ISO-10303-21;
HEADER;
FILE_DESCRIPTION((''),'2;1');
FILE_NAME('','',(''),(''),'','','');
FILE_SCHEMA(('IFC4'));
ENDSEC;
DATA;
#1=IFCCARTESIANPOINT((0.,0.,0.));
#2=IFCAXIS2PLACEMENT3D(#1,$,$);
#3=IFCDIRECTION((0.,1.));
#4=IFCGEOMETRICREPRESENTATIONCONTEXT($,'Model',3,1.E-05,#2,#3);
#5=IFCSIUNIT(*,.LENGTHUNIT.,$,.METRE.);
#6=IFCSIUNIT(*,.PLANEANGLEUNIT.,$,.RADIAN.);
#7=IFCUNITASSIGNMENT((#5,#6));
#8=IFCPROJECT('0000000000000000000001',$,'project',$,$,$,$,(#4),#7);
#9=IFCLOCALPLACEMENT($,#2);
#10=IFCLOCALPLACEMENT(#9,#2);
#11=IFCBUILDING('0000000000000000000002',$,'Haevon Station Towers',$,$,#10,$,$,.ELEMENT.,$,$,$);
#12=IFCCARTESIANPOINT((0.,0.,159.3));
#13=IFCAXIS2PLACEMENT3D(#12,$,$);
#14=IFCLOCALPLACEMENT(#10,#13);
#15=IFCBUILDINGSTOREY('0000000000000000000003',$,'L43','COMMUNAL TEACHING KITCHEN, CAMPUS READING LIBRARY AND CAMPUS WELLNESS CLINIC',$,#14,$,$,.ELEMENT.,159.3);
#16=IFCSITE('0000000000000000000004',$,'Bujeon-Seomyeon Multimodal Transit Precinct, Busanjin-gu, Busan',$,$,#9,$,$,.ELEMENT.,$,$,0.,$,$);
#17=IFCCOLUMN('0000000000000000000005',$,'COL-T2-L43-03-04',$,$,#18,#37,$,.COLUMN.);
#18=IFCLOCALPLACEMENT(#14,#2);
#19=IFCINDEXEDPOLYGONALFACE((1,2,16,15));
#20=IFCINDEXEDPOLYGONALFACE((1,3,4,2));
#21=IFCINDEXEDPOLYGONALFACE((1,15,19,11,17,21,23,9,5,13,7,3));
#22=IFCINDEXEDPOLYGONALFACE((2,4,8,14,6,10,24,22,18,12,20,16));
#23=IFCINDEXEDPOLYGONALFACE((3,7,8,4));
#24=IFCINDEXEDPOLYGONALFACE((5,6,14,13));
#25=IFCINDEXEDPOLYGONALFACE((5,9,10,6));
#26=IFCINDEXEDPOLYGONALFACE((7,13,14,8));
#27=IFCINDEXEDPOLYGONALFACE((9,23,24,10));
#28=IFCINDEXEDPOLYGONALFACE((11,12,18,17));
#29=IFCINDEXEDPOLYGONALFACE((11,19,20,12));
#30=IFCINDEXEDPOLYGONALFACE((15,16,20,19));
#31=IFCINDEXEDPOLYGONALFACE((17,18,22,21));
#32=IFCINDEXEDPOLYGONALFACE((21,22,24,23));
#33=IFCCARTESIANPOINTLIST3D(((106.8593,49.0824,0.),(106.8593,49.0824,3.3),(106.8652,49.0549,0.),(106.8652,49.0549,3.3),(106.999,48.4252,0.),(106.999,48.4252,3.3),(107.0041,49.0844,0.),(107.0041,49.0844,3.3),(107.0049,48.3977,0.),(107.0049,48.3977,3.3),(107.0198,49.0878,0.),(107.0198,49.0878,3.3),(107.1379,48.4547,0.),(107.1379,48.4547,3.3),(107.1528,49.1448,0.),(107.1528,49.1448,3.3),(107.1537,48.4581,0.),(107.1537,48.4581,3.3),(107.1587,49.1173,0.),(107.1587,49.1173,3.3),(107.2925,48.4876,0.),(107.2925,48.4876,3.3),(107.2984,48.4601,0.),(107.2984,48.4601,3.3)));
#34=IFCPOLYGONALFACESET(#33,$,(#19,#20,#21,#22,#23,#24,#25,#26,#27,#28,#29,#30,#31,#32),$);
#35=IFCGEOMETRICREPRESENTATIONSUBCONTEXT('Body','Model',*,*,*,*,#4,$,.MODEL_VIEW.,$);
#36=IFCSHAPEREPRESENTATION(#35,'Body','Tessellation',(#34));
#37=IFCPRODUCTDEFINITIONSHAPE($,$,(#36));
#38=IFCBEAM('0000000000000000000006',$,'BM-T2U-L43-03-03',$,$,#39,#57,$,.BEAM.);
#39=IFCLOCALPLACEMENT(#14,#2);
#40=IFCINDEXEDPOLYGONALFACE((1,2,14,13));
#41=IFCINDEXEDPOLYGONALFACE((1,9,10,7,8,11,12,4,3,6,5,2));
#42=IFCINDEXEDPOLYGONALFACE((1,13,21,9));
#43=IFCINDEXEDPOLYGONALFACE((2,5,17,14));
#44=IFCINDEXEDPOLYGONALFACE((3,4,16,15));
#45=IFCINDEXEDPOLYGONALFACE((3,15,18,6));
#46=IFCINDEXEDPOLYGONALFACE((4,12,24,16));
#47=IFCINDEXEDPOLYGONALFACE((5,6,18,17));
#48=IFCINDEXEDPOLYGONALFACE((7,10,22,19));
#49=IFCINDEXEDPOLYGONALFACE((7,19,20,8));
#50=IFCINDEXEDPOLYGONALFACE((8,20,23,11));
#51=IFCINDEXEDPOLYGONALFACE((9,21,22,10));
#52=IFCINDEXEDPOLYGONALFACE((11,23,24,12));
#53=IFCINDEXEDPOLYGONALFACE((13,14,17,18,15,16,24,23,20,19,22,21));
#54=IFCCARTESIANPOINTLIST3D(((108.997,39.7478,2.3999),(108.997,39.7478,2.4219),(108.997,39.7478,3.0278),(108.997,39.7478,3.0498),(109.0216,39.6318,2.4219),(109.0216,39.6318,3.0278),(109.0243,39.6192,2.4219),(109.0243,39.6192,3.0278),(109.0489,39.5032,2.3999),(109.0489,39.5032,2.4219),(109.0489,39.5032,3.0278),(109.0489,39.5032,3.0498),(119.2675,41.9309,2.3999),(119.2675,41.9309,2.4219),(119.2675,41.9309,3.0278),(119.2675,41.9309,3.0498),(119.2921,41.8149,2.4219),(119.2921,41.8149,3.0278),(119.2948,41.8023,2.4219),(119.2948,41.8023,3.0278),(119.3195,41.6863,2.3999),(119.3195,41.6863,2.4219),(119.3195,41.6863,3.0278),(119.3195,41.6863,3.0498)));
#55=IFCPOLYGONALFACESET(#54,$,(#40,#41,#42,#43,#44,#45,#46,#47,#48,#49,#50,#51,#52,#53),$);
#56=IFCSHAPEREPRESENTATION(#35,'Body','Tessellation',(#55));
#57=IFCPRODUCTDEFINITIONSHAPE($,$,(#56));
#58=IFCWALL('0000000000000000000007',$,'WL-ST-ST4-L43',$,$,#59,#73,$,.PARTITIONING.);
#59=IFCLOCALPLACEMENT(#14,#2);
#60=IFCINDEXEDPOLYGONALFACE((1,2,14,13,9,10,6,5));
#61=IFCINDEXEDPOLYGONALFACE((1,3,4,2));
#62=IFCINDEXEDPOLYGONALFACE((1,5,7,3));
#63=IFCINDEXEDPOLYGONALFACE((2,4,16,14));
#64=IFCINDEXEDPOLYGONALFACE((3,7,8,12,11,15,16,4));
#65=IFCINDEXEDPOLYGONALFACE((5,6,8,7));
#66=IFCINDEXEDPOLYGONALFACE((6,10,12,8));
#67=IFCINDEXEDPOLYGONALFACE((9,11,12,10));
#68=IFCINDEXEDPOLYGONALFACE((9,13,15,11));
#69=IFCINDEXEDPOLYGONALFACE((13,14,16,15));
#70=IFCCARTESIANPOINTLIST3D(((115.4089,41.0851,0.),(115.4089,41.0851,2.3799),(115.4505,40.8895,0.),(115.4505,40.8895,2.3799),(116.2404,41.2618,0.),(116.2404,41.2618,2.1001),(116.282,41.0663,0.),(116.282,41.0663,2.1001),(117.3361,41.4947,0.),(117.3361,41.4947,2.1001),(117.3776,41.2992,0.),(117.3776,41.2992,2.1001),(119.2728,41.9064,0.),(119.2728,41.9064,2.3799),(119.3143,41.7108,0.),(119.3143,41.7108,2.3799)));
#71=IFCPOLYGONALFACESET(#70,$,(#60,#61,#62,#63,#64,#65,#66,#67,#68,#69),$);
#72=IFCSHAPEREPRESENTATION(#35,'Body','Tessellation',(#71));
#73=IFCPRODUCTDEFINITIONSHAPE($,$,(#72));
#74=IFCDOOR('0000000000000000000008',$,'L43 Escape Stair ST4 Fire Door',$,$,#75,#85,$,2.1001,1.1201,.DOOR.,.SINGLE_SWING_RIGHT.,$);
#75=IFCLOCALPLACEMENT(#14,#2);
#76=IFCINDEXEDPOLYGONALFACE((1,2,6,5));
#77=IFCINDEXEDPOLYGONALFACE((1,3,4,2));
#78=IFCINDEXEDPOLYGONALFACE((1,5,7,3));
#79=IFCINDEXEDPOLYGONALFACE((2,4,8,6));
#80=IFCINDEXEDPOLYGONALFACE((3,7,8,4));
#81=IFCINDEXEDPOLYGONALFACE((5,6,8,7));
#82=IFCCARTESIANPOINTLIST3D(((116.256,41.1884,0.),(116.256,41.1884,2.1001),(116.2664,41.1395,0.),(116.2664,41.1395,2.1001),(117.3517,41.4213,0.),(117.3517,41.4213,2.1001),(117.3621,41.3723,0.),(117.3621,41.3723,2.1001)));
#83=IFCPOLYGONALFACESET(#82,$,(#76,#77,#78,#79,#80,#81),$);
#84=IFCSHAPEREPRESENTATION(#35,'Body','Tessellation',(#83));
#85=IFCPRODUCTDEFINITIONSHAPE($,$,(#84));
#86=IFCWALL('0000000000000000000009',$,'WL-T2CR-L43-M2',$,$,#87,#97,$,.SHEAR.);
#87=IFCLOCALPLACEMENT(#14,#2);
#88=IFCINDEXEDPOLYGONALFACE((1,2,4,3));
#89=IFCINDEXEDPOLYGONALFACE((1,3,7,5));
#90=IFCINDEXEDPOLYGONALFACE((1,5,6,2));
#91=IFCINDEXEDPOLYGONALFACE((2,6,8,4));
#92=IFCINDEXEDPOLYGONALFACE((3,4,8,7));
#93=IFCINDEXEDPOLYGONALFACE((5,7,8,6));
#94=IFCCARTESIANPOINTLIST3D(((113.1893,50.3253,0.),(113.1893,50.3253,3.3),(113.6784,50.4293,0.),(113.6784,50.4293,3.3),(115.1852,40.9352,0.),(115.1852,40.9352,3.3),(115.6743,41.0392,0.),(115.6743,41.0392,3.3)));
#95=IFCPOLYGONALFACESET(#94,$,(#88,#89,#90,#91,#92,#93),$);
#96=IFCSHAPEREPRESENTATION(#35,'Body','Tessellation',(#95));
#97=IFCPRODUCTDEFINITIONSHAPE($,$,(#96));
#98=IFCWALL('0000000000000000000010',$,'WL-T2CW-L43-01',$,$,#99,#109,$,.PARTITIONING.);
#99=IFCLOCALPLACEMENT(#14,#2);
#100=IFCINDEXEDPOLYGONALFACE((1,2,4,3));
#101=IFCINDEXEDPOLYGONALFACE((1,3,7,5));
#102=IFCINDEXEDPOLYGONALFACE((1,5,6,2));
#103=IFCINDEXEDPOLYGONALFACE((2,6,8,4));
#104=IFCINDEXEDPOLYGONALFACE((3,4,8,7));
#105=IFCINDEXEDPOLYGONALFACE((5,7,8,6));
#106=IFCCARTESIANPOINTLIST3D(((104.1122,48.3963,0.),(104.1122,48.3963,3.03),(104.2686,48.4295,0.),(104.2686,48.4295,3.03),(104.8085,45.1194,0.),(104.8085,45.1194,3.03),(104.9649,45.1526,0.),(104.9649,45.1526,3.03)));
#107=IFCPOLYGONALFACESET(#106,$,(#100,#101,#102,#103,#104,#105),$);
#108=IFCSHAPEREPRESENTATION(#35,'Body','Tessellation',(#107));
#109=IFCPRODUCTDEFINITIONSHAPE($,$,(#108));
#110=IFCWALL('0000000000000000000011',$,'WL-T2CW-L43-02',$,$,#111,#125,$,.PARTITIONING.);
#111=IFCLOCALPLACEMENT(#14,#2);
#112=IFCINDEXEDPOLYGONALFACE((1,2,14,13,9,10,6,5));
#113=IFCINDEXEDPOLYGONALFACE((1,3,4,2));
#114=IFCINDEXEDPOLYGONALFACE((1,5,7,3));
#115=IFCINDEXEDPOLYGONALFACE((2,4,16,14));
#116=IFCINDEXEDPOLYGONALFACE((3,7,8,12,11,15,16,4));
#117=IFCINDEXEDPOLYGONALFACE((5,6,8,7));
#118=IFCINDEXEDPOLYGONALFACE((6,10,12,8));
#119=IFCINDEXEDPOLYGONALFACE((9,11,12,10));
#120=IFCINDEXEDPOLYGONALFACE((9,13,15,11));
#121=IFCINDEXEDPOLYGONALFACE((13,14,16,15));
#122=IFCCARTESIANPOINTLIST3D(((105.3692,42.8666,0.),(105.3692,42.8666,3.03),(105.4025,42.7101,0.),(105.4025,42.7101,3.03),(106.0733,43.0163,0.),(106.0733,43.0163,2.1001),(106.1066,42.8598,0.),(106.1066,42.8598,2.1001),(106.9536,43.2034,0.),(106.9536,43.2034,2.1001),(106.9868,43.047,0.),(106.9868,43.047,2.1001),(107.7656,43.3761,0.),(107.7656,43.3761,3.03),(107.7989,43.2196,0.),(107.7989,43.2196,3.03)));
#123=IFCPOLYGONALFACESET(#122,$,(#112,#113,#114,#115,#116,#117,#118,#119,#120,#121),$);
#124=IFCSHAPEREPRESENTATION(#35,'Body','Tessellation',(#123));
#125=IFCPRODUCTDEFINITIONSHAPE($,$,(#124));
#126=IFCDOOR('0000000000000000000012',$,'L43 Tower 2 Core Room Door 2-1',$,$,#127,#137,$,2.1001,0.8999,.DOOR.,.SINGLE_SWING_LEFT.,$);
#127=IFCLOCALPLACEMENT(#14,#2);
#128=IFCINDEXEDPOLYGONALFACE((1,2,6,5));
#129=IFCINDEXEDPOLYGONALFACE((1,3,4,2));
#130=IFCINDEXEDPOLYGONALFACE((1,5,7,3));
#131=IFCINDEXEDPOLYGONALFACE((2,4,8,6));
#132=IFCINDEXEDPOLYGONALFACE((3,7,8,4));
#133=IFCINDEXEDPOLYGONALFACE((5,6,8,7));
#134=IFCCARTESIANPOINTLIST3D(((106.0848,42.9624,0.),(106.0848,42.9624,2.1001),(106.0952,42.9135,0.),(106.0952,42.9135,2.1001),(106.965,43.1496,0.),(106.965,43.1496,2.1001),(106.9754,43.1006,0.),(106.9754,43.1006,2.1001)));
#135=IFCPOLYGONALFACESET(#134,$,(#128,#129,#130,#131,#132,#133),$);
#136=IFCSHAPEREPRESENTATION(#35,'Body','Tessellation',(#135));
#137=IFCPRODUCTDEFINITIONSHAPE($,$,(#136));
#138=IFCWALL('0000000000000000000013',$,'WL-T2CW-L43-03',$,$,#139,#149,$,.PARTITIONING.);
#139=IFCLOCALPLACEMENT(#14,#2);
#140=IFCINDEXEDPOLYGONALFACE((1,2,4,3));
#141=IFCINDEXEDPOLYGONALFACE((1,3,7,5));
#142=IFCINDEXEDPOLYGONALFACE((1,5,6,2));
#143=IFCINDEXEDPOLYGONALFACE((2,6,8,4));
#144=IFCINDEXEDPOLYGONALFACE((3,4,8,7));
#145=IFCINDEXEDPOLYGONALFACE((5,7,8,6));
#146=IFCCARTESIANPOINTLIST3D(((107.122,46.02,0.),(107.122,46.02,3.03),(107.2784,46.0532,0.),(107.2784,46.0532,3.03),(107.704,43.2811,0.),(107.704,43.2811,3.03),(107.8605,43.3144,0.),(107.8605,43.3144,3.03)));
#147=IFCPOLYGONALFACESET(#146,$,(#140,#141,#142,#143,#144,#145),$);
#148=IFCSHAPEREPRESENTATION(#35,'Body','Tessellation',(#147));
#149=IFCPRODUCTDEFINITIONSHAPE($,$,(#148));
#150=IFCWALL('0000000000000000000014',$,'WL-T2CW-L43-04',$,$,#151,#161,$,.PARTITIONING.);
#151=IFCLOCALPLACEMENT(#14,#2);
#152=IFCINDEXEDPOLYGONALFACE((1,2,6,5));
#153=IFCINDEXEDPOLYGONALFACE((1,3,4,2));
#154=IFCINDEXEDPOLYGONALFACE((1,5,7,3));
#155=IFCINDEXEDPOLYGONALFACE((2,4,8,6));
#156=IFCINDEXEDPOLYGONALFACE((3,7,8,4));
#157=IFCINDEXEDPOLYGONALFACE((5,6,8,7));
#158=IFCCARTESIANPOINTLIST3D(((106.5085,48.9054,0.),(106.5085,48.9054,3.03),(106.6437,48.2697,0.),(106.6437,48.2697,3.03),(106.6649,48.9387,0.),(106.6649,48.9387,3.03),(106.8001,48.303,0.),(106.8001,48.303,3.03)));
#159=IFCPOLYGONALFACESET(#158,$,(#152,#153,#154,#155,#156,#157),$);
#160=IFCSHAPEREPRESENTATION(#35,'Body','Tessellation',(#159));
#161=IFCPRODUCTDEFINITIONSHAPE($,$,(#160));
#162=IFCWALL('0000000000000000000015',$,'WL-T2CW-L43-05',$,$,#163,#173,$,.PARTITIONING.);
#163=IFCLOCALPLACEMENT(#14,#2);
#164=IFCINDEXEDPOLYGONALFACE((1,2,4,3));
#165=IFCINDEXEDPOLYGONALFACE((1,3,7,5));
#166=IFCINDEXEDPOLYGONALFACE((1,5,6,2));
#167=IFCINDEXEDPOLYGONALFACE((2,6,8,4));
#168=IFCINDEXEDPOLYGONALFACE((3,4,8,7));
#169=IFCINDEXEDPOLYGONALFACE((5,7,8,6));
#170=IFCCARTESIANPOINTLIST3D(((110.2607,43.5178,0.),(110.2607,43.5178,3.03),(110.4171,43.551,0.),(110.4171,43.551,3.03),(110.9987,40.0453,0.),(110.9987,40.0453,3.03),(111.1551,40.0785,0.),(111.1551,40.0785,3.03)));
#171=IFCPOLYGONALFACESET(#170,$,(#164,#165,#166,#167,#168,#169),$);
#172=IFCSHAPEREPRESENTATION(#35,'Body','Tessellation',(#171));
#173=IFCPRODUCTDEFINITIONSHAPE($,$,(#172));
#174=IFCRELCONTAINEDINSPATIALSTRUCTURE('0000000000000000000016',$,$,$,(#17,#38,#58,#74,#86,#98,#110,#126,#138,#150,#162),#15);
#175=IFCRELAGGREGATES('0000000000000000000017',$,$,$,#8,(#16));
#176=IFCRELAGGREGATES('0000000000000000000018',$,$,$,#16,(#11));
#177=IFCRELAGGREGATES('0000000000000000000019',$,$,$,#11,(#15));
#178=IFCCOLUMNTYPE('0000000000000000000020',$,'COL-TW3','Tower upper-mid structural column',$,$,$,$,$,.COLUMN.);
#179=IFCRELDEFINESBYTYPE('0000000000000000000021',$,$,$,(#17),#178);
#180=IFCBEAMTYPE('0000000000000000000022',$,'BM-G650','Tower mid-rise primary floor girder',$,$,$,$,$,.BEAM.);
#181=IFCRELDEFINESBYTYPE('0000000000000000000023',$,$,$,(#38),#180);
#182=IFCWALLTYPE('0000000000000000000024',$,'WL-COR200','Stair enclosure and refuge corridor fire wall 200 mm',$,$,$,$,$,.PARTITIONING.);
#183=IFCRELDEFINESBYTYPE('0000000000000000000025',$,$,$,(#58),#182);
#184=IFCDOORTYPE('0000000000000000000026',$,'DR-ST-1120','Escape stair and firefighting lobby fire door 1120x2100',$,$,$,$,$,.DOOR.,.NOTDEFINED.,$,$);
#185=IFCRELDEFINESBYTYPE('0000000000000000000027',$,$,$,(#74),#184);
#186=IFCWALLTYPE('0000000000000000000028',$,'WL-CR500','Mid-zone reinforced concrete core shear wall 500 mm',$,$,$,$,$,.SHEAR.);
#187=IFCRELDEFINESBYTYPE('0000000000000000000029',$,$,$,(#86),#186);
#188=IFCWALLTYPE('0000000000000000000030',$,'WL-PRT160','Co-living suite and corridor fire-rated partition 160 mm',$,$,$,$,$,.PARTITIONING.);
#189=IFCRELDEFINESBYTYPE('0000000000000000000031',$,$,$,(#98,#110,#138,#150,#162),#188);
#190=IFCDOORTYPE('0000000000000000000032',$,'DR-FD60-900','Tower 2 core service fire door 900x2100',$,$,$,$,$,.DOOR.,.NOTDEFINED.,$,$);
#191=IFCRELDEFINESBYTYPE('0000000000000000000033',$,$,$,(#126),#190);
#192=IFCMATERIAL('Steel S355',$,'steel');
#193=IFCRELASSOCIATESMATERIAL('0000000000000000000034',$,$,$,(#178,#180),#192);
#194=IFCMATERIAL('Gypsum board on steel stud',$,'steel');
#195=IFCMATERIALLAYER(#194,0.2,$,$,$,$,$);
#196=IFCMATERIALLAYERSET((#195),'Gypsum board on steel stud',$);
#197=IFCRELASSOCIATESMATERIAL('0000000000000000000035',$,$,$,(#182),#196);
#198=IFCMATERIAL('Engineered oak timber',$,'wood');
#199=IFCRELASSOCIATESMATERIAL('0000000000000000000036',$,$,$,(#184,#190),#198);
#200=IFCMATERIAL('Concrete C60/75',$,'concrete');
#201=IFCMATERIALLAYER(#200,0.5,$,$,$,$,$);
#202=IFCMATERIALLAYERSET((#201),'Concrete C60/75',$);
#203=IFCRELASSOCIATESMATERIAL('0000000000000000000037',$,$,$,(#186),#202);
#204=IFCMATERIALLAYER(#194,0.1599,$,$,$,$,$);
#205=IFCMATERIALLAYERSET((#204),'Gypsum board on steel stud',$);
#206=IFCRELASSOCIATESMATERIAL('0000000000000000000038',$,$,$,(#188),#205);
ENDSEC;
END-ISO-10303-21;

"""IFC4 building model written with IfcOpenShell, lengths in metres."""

from ifc_helpers import new_model, si_unit, direction, frame, frame_2d, origin, origin_2d, place, context, subcontext, project, spatial, rectangle, i_section, extrude, material, layer, layer_set, material_profile, profile_set, type_object, element, fill, save


model = new_model("IFC4")

# Units and contexts
model_context = context("Model", 3, precision=1e-05, world=origin(), true_north=direction((0.0, 1.0)))
body_context = subcontext(model_context, "Body", "Model", "MODEL_VIEW")
ifc_project = project(units=[si_unit("LENGTHUNIT", "METRE"), si_unit("PLANEANGLEUNIT", "RADIAN")], contexts=[model_context])

# Site, building, storey
site_placement = place(None, origin())
site = spatial("IfcSite", under=ifc_project, at=site_placement, Name="Bujeon-Seomyeon Multimodal Transit Precinct, Busanjin-gu, Busan", CompositionType="ELEMENT", RefElevation=0.0)
building_placement = place(site_placement, origin())
building = spatial("IfcBuilding", under=site, at=building_placement, Name="Haevon Station Towers", CompositionType="ELEMENT")
storey_placement = place(building_placement, frame((0.0, 0.0, 159.3)))
storey = spatial("IfcBuildingStorey", under=building, at=storey_placement, Name="L43", Description="COMMUNAL TEACHING KITCHEN, CAMPUS READING LIBRARY AND CAMPUS WELLNESS CLINIC", CompositionType="ELEMENT", Elevation=159.3)

# Column
ifc_material_1 = material(Name="Steel S355", Category="steel")
ifc_material_profile_1 = material_profile(ifc_material_1, i_section(OverallWidth=0.3, OverallDepth=0.7, WebThickness=0.0161, FlangeThickness=0.0281, at=origin_2d()), Name="H-700x300x16x28")
ifc_profile_set_1 = profile_set([ifc_material_profile_1], Name="Steel S355")
column_type = type_object("IfcColumnType", Name="COL-TW3", Description="Tower upper-mid structural column", PredefinedType="COLUMN", material=ifc_profile_set_1)
column_placement = place(storey_placement, frame((107.0789, 48.7712, 0.0), z_axis=(0.0, 0.0, 1.0), x_axis=(0.978148, 0.207912, 0.0)))
element("IfcColumn", 1, at=column_placement, inside=storey, type_object=column_type, Name="COL-T2-L43-03-04", PredefinedType="COLUMN", context=body_context, shape_type="SweptSolid", body=[
    extrude(i_section(OverallWidth=0.3, OverallDepth=0.7, WebThickness=0.0161, FlangeThickness=0.0281, at=origin_2d()), origin(), (0.0, 0.0, 1.0), 3.3),
])

# Beam
ifc_material_profile_2 = material_profile(ifc_material_1, i_section(OverallWidth=0.25, OverallDepth=0.6499, WebThickness=0.0129, FlangeThickness=0.022, at=origin_2d()), Name="H-650x250x13x22")
ifc_profile_set_2 = profile_set([ifc_material_profile_2], Name="Steel S355")
beam_type = type_object("IfcBeamType", Name="BM-G650", Description="Tower mid-rise primary floor girder", PredefinedType="BEAM", material=ifc_profile_set_2)
beam_placement = place(storey_placement, frame((109.0229, 39.6255, 2.7249), z_axis=(0.978147, 0.207915, 0.0), x_axis=(-0.207915, 0.978147, 0.0)))
element("IfcBeam", 2, at=beam_placement, inside=storey, type_object=beam_type, Name="BM-T2U-L43-03-03", PredefinedType="BEAM", context=body_context, shape_type="SweptSolid", body=[
    extrude(i_section(OverallWidth=0.25, OverallDepth=0.6499, WebThickness=0.0129, FlangeThickness=0.022, at=origin_2d()), origin(), (0.0, 0.0, 1.0), 10.5),
])

# Wall, opening, door
ifc_material_2 = material(Name="Gypsum board on steel stud", Category="steel")
ifc_layer_1 = layer(ifc_material_2, 0.2)
ifc_layer_set_1 = layer_set([ifc_layer_1], Name="Gypsum board on steel stud")
wall_type_1 = type_object("IfcWallType", Name="WL-COR200", Description="Stair enclosure and refuge corridor fire wall 200 mm", PredefinedType="PARTITIONING", material=ifc_layer_set_1)
wall_1_placement = place(storey_placement, frame((115.4297, 40.9873, 0.0), z_axis=(0.0, 0.0, 1.0), x_axis=(0.978147, 0.207916, 0.0)))
wall_1 = element("IfcWall", 3, at=wall_1_placement, inside=storey, type_object=wall_type_1, Name="WL-ST-ST4-L43", PredefinedType="PARTITIONING", context=body_context, shape_type="SweptSolid", body=[
    extrude(rectangle(XDim=3.9502, YDim=0.2, at=frame_2d((1.9751, 0.0))), origin(), (0.0, 0.0, 1.0), 2.3799),
])
opening_1_placement = place(wall_1_placement, frame((0.8501, 0.0, 0.0)))
opening_1 = element("IfcOpeningElement", 4, at=opening_1_placement, cuts=wall_1, PredefinedType="OPENING", context=body_context, shape_type="SweptSolid", body=[
    extrude(rectangle(XDim=1.1201, YDim=2.1001, at=frame_2d((0.5601, 1.05))), frame((0.0, 0.1099, 0.0), z_axis=(0.0, -1.0, 0.0), x_axis=(1.0, 0.0, 0.0)), (0.0, 0.0, 1.0), 0.22),
])
ifc_material_3 = material(Name="Engineered oak timber", Category="wood")
door_type_1 = type_object("IfcDoorType", Name="DR-ST-1120", Description="Escape stair and firefighting lobby fire door 1120x2100", OperationType="NOTDEFINED", PredefinedType="DOOR", material=ifc_material_3)
door_1_placement = place(opening_1_placement, origin())
door_1 = element("IfcDoor", 5, at=door_1_placement, inside=storey, type_object=door_type_1, Name="L43 Escape Stair ST4 Fire Door", OperationType="SINGLE_SWING_RIGHT", OverallHeight=2.1001, OverallWidth=1.1201, PredefinedType="DOOR", context=body_context, shape_type="SweptSolid", body=[
    extrude(rectangle(XDim=1.1201, YDim=2.1001, at=frame_2d((0.5601, 1.05))), frame((0.0, 0.0249, 0.0), z_axis=(0.0, -1.0, 0.0), x_axis=(1.0, 0.0, 0.0)), (0.0, 0.0, 1.0), 0.05),
])
fill(opening_1, door_1)

# Walls
ifc_material_4 = material(Name="Concrete C60/75", Category="concrete")
ifc_layer_2 = layer(ifc_material_4, 0.5)
ifc_layer_set_2 = layer_set([ifc_layer_2], Name="Concrete C60/75")
wall_type_2 = type_object("IfcWallType", Name="WL-CR500", Description="Mid-zone reinforced concrete core shear wall 500 mm", PredefinedType="SHEAR", material=ifc_layer_set_2)
wall_2_placement = place(storey_placement, frame((115.4297, 40.9873, 0.0), z_axis=(0.0, 0.0, 1.0), x_axis=(-0.207903, 0.978149, 0.0)))
element("IfcWall", 6, at=wall_2_placement, inside=storey, type_object=wall_type_2, Name="WL-T2CR-L43-M2", PredefinedType="SHEAR", context=body_context, shape_type="SweptSolid", body=[
    extrude(rectangle(XDim=9.5999, YDim=0.5, at=frame_2d((4.7998, 0.0))), origin(), (0.0, 0.0, 1.0), 3.3),
])
ifc_layer_3 = layer(ifc_material_2, 0.1599)
ifc_layer_set_3 = layer_set([ifc_layer_3], Name="Gypsum board on steel stud")
wall_type_3 = type_object("IfcWallType", Name="WL-PRT160", Description="Co-living suite and corridor fire-rated partition 160 mm", PredefinedType="PARTITIONING", material=ifc_layer_set_3)
wall_3_placement = place(storey_placement, frame((104.8867, 45.136, 0.0), z_axis=(0.0, 0.0, 1.0), x_axis=(-0.207847, 0.978161, 0.0)))
element("IfcWall", 7, at=wall_3_placement, inside=storey, type_object=wall_type_3, Name="WL-T2CW-L43-01", PredefinedType="PARTITIONING", context=body_context, shape_type="SweptSolid", body=[
    extrude(rectangle(XDim=3.3501, YDim=0.1599, at=frame_2d((1.675, 0.0))), origin(), (0.0, 0.0, 1.0), 3.03),
])

# Wall, opening, door
wall_4_placement = place(storey_placement, frame((105.3857, 42.7883, 0.0), z_axis=(0.0, 0.0, 1.0), x_axis=(0.978137, 0.207964, 0.0)))
wall_4 = element("IfcWall", 8, at=wall_4_placement, inside=storey, type_object=wall_type_3, Name="WL-T2CW-L43-02", PredefinedType="PARTITIONING", context=body_context, shape_type="SweptSolid", body=[
    extrude(rectangle(XDim=2.45, YDim=0.1599, at=frame_2d((1.2251, 0.0))), origin(), (0.0, 0.0, 1.0), 3.03),
])
opening_2_placement = place(wall_4_placement, frame((0.72, 0.0, 0.0)))
opening_2 = element("IfcOpeningElement", 9, at=opening_2_placement, cuts=wall_4, PredefinedType="OPENING", context=body_context, shape_type="SweptSolid", body=[
    extrude(rectangle(XDim=0.8999, YDim=2.1001, at=frame_2d((0.45, 1.05))), frame((0.0, 0.0898, 0.0), z_axis=(0.0, -1.0, 0.0), x_axis=(1.0, 0.0, 0.0)), (0.0, 0.0, 1.0), 0.1799),
])
door_type_2 = type_object("IfcDoorType", Name="DR-FD60-900", Description="Tower 2 core service fire door 900x2100", OperationType="NOTDEFINED", PredefinedType="DOOR", material=ifc_material_3)
door_2_placement = place(opening_2_placement, origin())
door_2 = element("IfcDoor", 10, at=door_2_placement, inside=storey, type_object=door_type_2, Name="L43 Tower 2 Core Room Door 2-1", OperationType="SINGLE_SWING_LEFT", OverallHeight=2.1001, OverallWidth=0.8999, PredefinedType="DOOR", context=body_context, shape_type="SweptSolid", body=[
    extrude(rectangle(XDim=0.8999, YDim=2.1001, at=frame_2d((0.45, 1.05))), frame((0.0, 0.0249, 0.0), z_axis=(0.0, -1.0, 0.0), x_axis=(1.0, 0.0, 0.0)), (0.0, 0.0, 1.0), 0.05),
])
fill(opening_2, door_2)

# Walls
wall_5_placement = place(storey_placement, frame((107.7822, 43.2979, 0.0), z_axis=(0.0, 0.0, 1.0), x_axis=(-0.207873, 0.978156, 0.0)))
element("IfcWall", 11, at=wall_5_placement, inside=storey, type_object=wall_type_3, Name="WL-T2CW-L43-03", PredefinedType="PARTITIONING", context=body_context, shape_type="SweptSolid", body=[
    extrude(rectangle(XDim=2.8, YDim=0.1599, at=frame_2d((1.3999, 0.0))), origin(), (0.0, 0.0, 1.0), 3.03),
])
wall_6_placement = place(storey_placement, frame((106.7219, 48.2864, 0.0), z_axis=(0.0, 0.0, 1.0), x_axis=(-0.208092, 0.978109, 0.0)))
element("IfcWall", 12, at=wall_6_placement, inside=storey, type_object=wall_type_3, Name="WL-T2CW-L43-04", PredefinedType="PARTITIONING", context=body_context, shape_type="SweptSolid", body=[
    extrude(rectangle(XDim=0.6499, YDim=0.1599, at=frame_2d((0.325, 0.0))), origin(), (0.0, 0.0, 1.0), 3.03),
])
for number, where, z_axis, x_axis, name in (
    (13, (111.0769, 40.062, 0.0), (0.0, 0.0, 1.0), (-0.207899, 0.97815, 0.0), "WL-T2CW-L43-05"),
):
    element("IfcWall", number, at=place(storey_placement, frame(where, z_axis=z_axis, x_axis=x_axis)), inside=storey, type_object=wall_type_3, Name=name, PredefinedType="PARTITIONING", context=body_context, shape_type="SweptSolid", body=[
        extrude(rectangle(XDim=3.55, YDim=0.1599, at=frame_2d((1.7749, 0.0))), origin(), (0.0, 0.0, 1.0), 3.03),
    ])

save(model, "model.ifc")
